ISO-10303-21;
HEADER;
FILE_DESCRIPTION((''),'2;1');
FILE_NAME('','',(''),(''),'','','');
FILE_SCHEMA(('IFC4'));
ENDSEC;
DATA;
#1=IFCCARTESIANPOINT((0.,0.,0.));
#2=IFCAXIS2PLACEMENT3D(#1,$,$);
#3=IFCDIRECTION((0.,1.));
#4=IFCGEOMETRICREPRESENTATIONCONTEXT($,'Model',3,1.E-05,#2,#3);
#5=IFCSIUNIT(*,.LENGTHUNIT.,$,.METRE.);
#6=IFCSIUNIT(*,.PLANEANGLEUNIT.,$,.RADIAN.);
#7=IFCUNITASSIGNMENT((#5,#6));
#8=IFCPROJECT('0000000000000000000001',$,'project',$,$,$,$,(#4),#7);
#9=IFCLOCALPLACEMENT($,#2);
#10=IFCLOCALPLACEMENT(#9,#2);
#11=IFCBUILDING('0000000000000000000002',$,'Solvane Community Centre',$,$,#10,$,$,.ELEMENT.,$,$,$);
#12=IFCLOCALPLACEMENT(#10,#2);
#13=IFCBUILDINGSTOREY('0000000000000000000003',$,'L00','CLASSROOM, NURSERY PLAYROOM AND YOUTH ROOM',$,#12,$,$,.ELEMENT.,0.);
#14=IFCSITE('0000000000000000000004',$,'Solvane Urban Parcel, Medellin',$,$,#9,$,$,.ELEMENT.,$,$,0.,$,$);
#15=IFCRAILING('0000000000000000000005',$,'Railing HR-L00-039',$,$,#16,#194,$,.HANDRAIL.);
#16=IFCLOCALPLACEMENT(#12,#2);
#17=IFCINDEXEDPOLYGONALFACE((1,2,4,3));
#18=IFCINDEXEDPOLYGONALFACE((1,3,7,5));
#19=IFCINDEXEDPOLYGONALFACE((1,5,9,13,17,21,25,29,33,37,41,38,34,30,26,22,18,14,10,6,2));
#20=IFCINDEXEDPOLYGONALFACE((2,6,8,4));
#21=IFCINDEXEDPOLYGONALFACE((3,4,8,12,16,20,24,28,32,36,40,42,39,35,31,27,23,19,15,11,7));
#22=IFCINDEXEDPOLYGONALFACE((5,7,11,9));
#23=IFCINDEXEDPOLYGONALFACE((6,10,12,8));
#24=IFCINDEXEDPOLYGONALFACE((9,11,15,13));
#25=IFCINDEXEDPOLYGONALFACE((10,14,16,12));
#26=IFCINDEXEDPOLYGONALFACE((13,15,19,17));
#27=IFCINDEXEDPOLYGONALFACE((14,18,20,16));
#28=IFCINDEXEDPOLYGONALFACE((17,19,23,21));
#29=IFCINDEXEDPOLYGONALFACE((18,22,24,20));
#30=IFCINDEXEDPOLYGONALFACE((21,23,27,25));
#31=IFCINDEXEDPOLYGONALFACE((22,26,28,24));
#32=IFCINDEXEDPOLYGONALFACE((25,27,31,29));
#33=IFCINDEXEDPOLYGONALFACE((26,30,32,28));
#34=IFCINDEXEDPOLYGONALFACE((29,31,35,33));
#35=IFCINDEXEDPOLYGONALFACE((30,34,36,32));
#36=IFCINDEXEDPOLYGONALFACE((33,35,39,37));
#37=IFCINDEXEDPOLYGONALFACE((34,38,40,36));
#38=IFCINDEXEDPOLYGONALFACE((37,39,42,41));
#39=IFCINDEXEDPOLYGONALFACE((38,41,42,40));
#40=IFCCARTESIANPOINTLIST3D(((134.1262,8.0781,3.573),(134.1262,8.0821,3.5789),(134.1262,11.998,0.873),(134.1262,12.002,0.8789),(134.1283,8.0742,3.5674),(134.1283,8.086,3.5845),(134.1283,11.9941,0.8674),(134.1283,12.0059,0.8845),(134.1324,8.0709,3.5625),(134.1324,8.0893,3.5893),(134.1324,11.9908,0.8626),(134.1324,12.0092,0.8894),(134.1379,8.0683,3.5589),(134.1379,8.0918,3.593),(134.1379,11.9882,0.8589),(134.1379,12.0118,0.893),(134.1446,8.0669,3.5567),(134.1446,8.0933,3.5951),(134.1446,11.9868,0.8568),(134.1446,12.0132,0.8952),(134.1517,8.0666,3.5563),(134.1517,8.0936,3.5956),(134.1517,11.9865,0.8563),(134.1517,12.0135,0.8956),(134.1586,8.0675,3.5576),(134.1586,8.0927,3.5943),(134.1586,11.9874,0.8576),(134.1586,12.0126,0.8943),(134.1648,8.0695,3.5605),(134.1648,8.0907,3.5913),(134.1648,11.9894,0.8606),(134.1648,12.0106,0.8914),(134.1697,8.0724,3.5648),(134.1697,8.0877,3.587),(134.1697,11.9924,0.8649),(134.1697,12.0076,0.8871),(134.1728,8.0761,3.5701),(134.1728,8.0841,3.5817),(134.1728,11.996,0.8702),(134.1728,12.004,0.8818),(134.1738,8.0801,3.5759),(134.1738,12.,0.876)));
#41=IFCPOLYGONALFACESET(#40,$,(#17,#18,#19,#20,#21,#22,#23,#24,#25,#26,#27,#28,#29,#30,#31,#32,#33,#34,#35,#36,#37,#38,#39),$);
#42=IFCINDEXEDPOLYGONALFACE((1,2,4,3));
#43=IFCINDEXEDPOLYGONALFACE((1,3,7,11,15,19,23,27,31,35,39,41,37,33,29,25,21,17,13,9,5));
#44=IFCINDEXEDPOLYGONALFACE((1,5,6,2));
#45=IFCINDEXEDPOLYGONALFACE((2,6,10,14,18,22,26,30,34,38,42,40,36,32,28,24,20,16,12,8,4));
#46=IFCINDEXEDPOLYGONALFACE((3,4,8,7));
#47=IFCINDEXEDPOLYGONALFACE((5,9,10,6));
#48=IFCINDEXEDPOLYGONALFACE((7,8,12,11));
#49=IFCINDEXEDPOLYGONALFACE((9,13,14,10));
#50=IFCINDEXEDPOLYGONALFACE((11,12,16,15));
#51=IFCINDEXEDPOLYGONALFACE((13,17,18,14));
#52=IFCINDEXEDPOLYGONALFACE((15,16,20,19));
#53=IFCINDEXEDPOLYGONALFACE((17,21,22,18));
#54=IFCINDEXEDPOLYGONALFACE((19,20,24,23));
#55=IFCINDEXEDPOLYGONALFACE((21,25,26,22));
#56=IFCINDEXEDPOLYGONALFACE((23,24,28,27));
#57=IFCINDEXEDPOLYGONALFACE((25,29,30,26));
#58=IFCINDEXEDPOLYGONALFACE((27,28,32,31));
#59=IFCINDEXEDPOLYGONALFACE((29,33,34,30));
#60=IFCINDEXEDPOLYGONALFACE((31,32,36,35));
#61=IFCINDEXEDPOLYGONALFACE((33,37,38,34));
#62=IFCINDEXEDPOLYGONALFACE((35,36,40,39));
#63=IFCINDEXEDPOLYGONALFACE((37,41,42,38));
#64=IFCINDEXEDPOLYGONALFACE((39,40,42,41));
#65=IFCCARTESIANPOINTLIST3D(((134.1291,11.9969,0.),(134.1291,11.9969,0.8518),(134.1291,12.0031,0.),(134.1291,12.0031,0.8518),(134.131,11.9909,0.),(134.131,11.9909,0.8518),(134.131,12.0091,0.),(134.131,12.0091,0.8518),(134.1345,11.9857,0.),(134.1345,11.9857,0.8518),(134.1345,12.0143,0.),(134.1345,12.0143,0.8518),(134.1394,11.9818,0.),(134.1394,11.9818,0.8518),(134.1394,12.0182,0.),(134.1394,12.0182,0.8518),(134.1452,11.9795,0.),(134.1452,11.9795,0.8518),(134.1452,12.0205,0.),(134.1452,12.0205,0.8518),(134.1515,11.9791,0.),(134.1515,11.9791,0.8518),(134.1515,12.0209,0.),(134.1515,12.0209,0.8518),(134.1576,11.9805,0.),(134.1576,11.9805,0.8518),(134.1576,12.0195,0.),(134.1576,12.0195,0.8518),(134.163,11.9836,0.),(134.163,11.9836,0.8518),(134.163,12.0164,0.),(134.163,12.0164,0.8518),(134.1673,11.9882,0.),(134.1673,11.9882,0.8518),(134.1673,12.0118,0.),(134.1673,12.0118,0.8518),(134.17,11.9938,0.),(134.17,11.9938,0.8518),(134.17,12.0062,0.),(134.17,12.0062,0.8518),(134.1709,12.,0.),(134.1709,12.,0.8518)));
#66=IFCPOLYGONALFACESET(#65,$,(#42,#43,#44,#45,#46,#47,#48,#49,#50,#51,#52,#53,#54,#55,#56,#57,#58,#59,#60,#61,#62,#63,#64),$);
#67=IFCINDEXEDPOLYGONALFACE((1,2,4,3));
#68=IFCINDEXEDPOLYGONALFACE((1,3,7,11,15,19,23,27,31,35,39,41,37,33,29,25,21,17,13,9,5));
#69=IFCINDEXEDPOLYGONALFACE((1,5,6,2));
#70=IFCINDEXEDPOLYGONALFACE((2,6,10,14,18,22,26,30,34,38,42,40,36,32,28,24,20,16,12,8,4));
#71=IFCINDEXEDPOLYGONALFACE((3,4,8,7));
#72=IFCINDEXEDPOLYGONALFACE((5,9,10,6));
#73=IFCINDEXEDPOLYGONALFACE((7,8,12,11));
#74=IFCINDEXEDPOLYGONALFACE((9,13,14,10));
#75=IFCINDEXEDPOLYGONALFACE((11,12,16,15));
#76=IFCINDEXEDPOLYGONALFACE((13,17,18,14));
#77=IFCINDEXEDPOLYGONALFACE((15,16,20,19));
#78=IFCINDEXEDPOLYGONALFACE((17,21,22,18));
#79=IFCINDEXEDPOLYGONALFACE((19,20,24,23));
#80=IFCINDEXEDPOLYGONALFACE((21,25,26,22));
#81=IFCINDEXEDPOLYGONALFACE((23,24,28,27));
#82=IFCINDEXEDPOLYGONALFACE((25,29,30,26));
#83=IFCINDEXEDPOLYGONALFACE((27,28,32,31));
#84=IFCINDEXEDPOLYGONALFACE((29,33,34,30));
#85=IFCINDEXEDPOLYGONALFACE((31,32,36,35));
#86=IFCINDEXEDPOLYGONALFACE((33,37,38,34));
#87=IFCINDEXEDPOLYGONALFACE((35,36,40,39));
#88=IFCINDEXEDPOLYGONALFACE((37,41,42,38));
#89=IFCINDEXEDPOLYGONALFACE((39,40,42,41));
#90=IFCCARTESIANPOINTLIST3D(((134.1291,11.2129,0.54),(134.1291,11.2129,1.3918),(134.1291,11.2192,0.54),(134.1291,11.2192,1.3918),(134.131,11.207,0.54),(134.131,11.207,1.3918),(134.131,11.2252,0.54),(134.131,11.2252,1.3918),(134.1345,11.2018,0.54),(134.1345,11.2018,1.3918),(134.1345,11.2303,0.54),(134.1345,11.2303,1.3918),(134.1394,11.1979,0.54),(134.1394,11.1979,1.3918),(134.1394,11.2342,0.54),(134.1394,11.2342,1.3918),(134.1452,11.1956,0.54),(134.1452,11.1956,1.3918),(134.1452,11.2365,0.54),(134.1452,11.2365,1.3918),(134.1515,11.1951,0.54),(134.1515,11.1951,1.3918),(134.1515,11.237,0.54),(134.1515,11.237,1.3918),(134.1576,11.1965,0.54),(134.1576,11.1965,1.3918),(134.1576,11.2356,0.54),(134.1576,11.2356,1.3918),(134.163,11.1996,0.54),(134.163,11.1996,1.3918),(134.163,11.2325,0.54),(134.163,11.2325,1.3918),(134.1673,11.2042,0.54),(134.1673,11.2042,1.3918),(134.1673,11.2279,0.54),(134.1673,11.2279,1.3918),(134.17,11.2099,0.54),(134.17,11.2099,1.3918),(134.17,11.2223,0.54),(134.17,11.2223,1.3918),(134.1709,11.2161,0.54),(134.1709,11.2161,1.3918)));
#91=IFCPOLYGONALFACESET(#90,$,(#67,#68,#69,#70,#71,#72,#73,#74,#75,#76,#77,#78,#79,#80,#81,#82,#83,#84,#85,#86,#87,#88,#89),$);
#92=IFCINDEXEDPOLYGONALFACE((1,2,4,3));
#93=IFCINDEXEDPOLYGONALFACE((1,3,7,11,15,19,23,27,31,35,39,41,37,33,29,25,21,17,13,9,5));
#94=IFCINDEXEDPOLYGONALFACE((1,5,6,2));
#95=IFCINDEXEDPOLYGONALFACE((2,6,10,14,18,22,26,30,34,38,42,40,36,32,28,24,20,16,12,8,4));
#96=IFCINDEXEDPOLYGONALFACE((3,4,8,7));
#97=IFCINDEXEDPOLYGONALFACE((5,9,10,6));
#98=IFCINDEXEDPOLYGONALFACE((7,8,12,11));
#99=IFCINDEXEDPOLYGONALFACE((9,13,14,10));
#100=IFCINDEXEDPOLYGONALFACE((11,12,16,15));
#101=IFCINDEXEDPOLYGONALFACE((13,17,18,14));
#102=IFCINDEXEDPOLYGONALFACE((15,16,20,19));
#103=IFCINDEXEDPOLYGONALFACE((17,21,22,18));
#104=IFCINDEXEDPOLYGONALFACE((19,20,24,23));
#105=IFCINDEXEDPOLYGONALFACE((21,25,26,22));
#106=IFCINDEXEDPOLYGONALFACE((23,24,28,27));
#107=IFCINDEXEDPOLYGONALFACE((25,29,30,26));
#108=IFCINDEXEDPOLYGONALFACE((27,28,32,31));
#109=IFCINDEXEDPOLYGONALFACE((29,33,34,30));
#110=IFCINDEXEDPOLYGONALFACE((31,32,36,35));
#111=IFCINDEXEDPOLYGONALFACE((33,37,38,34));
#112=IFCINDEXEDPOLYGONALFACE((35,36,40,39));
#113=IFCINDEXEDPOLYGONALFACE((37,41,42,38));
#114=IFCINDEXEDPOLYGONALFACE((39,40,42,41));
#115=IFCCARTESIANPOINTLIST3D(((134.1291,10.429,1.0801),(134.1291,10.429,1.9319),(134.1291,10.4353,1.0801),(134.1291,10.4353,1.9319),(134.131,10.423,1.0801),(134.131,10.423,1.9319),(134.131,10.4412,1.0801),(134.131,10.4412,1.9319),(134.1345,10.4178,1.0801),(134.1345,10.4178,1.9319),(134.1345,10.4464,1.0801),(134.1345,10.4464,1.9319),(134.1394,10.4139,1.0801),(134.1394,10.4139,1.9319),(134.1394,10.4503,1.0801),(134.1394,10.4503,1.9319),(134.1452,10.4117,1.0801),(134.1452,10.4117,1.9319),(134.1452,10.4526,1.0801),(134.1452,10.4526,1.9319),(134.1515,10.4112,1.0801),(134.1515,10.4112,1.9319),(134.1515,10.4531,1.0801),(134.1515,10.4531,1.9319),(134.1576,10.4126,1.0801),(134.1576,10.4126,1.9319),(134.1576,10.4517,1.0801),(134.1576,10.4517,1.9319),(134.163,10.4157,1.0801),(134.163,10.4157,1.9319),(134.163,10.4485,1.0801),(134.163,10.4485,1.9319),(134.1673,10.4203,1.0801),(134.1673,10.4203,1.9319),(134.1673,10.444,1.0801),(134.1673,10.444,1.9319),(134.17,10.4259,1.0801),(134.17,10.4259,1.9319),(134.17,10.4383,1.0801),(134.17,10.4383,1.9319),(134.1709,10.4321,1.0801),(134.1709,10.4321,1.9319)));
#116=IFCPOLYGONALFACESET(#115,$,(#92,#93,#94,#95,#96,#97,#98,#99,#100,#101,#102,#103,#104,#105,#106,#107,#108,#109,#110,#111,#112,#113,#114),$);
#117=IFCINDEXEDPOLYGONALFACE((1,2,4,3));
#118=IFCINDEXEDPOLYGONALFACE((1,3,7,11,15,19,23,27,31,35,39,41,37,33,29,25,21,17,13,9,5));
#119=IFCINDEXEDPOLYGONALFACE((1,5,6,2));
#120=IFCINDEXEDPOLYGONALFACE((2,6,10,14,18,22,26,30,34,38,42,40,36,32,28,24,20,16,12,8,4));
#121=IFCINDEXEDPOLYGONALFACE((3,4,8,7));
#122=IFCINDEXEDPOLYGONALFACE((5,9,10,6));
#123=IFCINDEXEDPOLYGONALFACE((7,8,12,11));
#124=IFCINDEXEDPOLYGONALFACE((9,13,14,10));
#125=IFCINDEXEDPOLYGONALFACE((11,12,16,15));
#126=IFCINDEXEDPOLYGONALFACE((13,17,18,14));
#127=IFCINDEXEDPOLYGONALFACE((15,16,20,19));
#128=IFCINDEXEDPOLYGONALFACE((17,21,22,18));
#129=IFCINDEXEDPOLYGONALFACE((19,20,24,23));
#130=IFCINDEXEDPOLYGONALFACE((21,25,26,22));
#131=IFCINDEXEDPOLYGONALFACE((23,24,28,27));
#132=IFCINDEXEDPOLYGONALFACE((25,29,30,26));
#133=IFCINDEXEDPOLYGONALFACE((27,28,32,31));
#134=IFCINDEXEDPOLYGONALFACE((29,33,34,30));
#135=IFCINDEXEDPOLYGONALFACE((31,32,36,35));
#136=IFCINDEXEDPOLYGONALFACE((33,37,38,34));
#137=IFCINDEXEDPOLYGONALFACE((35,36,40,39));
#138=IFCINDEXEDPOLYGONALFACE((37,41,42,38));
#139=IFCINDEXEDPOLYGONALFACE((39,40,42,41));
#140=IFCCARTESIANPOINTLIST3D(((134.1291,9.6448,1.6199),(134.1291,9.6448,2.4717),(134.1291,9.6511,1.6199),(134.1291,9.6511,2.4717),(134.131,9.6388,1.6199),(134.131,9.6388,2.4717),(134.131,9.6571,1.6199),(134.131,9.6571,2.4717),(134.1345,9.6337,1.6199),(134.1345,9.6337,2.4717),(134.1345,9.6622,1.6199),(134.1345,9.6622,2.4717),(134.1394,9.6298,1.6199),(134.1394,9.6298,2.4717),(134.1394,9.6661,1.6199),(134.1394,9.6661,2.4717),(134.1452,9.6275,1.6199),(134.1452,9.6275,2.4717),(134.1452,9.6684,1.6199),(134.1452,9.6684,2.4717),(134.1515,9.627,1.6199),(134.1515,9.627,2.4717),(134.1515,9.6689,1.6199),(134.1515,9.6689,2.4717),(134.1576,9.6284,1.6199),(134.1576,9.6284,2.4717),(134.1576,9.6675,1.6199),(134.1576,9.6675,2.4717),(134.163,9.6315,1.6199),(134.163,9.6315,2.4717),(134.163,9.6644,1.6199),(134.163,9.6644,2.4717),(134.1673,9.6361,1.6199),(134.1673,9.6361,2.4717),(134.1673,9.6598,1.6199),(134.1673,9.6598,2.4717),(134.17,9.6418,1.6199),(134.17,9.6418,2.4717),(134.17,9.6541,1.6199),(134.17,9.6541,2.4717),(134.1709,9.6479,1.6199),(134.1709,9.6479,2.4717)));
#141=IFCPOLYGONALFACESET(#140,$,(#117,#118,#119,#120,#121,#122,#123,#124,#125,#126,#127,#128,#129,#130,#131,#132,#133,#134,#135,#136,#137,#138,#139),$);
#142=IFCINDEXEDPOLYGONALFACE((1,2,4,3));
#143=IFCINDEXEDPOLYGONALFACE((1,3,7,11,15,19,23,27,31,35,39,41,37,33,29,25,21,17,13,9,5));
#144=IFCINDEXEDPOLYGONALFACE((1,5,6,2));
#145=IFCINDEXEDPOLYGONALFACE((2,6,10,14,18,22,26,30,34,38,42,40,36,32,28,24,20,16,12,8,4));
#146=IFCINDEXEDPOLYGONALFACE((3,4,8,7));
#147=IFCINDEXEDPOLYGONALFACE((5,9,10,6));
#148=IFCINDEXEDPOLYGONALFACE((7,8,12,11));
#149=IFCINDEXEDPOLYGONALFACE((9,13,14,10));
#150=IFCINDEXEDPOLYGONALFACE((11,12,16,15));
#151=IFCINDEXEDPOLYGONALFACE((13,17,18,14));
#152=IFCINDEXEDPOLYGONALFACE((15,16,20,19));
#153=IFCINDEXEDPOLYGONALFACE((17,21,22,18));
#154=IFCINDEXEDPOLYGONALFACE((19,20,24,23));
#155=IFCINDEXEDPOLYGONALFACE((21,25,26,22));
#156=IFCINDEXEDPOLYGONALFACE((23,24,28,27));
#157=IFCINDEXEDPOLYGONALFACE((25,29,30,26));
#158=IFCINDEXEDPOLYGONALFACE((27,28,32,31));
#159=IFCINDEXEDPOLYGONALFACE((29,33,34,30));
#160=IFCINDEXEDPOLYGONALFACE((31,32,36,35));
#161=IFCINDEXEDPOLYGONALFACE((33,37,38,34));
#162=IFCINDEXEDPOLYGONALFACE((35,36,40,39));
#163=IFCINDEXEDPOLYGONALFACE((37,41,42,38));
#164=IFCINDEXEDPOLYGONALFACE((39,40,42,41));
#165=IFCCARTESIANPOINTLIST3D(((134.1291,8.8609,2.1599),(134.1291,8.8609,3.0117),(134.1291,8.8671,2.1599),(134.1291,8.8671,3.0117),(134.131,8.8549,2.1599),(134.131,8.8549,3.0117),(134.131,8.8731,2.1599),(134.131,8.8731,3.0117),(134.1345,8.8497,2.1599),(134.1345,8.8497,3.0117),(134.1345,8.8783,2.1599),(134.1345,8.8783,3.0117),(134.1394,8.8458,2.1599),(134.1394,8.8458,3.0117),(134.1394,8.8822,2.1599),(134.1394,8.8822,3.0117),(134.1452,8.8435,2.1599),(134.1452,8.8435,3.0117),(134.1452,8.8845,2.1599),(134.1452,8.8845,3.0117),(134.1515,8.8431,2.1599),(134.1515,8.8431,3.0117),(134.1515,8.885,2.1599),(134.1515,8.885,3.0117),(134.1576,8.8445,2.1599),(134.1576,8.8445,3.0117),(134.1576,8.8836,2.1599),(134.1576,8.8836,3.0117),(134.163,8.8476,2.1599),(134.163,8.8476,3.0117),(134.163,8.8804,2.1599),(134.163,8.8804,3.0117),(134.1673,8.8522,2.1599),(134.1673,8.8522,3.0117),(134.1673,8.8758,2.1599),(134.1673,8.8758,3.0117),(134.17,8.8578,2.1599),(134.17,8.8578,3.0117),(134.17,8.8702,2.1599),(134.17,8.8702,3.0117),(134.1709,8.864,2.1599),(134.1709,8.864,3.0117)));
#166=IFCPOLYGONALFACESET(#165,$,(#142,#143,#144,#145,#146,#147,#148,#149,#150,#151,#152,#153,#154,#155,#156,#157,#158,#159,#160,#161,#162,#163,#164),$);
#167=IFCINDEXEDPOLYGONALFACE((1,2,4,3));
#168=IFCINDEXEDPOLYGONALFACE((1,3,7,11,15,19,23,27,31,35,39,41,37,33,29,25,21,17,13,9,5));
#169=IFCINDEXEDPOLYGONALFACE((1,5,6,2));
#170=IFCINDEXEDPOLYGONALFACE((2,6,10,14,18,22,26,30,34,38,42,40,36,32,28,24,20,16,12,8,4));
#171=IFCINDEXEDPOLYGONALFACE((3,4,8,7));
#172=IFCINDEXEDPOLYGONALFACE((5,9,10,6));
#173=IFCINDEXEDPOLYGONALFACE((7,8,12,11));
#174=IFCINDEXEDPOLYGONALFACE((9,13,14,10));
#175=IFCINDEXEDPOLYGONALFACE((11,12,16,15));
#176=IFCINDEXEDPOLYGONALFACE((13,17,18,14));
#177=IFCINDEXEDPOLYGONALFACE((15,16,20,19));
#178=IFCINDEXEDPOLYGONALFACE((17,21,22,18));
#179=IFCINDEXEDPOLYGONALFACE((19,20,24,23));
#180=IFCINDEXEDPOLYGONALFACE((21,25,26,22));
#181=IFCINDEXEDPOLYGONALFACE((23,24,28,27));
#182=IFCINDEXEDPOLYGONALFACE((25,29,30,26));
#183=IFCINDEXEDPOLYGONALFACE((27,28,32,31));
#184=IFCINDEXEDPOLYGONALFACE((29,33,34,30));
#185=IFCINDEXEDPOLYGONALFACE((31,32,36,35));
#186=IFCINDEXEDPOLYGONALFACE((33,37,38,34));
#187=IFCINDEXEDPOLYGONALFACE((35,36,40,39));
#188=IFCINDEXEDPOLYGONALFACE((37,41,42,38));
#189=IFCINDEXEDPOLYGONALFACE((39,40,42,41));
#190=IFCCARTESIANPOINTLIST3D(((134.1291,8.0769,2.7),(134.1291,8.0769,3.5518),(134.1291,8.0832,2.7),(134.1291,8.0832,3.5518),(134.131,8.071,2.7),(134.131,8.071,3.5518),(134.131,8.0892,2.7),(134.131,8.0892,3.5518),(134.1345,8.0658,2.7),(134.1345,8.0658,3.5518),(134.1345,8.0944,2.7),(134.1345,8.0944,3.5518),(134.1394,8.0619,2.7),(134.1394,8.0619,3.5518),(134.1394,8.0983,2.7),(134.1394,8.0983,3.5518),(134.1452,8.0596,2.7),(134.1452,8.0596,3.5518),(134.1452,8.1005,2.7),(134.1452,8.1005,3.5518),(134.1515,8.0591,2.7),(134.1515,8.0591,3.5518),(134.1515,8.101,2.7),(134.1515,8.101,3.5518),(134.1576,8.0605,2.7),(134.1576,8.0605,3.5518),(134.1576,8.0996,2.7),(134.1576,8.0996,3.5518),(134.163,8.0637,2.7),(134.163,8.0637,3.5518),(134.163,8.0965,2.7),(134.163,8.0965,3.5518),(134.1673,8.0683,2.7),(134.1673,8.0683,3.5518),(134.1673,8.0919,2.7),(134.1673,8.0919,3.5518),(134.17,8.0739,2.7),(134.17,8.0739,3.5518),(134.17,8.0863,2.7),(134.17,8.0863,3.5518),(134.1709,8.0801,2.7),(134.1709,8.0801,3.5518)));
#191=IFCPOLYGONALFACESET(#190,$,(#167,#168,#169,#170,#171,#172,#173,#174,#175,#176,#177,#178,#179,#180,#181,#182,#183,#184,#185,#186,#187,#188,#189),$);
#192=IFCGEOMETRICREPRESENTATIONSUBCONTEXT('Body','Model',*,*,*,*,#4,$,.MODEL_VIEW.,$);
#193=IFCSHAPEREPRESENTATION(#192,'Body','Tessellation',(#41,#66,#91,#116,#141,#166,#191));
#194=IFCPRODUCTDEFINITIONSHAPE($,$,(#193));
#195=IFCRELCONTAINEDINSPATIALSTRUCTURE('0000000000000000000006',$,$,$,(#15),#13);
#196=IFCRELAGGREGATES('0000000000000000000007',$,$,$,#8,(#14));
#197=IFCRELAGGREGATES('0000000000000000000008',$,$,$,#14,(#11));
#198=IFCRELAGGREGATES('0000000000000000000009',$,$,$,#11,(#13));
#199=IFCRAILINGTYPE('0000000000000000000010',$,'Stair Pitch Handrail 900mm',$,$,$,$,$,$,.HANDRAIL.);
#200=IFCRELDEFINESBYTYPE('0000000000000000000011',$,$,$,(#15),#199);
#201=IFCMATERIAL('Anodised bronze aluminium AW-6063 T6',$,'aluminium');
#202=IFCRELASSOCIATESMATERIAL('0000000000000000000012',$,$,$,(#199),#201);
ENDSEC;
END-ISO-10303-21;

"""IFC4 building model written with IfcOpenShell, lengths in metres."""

from ifc_helpers import new_model, si_unit, direction, frame, origin, origin_2d, place, context, subcontext, project, spatial, circle, extrude, material, type_object, element, save


model = new_model("IFC4")

# Units and contexts
model_context = context("Model", 3, precision=1e-05, world=origin(), true_north=direction((0.0, 1.0)))
body_context = subcontext(model_context, "Body", "Model", "MODEL_VIEW")
ifc_project = project(units=[si_unit("LENGTHUNIT", "METRE"), si_unit("PLANEANGLEUNIT", "RADIAN")], contexts=[model_context])

# Site, building, storey
site_placement = place(None, origin())
site = spatial("IfcSite", under=ifc_project, at=site_placement, Name="Solvane Urban Parcel, Medellin", CompositionType="ELEMENT", RefElevation=0.0)
building_placement = place(site_placement, origin())
building = spatial("IfcBuilding", under=site, at=building_placement, Name="Solvane Community Centre", CompositionType="ELEMENT")
storey_placement = place(building_placement, origin())
storey = spatial("IfcBuildingStorey", under=building, at=storey_placement, Name="L00", Description="CLASSROOM, NURSERY PLAYROOM AND YOUTH ROOM", CompositionType="ELEMENT", Elevation=0.0)

# Shared definitions
ifc_material_1 = material(Name="Anodised bronze aluminium AW-6063 T6", Category="aluminium")

# Railing
railing_type_1 = type_object("IfcRailingType", Name="Stair Pitch Handrail 900mm", PredefinedType="HANDRAIL", material=ifc_material_1)
railing_1_placement = place(storey_placement, frame((134.1499, 12.0, 0.0)))
element("IfcRailing", 1, at=railing_1_placement, inside=storey, type_object=railing_type_1, Name="Railing HR-L00-039", PredefinedType="HANDRAIL", context=body_context, shape_type="SweptSolid", body=[
    extrude(circle(Radius=0.0239, at=origin_2d()), frame((0.0, 0.0, 0.876), z_axis=(0.0, -0.823551, 0.567243), x_axis=(1.0, 0.0, 0.0)), (0.0, 0.0, 1.0), 4.7598),
    extrude(circle(Radius=0.021, at=origin_2d()), origin(), (0.0, 0.0, 1.0), 0.8518),
    extrude(circle(Radius=0.021, at=origin_2d()), frame((0.0, -0.7839, 0.54)), (0.0, 0.0, 1.0), 0.8518),
    extrude(circle(Radius=0.021, at=origin_2d()), frame((0.0, -1.5679, 1.0801)), (0.0, 0.0, 1.0), 0.8518),
    extrude(circle(Radius=0.021, at=origin_2d()), frame((0.0, -2.3521, 1.6199)), (0.0, 0.0, 1.0), 0.8518),
    extrude(circle(Radius=0.021, at=origin_2d()), frame((0.0, -3.136, 2.1599)), (0.0, 0.0, 1.0), 0.8518),
    extrude(circle(Radius=0.021, at=origin_2d()), frame((0.0, -3.9199, 2.7)), (0.0, 0.0, 1.0), 0.8518),
])

save(model, "model.ifc")
